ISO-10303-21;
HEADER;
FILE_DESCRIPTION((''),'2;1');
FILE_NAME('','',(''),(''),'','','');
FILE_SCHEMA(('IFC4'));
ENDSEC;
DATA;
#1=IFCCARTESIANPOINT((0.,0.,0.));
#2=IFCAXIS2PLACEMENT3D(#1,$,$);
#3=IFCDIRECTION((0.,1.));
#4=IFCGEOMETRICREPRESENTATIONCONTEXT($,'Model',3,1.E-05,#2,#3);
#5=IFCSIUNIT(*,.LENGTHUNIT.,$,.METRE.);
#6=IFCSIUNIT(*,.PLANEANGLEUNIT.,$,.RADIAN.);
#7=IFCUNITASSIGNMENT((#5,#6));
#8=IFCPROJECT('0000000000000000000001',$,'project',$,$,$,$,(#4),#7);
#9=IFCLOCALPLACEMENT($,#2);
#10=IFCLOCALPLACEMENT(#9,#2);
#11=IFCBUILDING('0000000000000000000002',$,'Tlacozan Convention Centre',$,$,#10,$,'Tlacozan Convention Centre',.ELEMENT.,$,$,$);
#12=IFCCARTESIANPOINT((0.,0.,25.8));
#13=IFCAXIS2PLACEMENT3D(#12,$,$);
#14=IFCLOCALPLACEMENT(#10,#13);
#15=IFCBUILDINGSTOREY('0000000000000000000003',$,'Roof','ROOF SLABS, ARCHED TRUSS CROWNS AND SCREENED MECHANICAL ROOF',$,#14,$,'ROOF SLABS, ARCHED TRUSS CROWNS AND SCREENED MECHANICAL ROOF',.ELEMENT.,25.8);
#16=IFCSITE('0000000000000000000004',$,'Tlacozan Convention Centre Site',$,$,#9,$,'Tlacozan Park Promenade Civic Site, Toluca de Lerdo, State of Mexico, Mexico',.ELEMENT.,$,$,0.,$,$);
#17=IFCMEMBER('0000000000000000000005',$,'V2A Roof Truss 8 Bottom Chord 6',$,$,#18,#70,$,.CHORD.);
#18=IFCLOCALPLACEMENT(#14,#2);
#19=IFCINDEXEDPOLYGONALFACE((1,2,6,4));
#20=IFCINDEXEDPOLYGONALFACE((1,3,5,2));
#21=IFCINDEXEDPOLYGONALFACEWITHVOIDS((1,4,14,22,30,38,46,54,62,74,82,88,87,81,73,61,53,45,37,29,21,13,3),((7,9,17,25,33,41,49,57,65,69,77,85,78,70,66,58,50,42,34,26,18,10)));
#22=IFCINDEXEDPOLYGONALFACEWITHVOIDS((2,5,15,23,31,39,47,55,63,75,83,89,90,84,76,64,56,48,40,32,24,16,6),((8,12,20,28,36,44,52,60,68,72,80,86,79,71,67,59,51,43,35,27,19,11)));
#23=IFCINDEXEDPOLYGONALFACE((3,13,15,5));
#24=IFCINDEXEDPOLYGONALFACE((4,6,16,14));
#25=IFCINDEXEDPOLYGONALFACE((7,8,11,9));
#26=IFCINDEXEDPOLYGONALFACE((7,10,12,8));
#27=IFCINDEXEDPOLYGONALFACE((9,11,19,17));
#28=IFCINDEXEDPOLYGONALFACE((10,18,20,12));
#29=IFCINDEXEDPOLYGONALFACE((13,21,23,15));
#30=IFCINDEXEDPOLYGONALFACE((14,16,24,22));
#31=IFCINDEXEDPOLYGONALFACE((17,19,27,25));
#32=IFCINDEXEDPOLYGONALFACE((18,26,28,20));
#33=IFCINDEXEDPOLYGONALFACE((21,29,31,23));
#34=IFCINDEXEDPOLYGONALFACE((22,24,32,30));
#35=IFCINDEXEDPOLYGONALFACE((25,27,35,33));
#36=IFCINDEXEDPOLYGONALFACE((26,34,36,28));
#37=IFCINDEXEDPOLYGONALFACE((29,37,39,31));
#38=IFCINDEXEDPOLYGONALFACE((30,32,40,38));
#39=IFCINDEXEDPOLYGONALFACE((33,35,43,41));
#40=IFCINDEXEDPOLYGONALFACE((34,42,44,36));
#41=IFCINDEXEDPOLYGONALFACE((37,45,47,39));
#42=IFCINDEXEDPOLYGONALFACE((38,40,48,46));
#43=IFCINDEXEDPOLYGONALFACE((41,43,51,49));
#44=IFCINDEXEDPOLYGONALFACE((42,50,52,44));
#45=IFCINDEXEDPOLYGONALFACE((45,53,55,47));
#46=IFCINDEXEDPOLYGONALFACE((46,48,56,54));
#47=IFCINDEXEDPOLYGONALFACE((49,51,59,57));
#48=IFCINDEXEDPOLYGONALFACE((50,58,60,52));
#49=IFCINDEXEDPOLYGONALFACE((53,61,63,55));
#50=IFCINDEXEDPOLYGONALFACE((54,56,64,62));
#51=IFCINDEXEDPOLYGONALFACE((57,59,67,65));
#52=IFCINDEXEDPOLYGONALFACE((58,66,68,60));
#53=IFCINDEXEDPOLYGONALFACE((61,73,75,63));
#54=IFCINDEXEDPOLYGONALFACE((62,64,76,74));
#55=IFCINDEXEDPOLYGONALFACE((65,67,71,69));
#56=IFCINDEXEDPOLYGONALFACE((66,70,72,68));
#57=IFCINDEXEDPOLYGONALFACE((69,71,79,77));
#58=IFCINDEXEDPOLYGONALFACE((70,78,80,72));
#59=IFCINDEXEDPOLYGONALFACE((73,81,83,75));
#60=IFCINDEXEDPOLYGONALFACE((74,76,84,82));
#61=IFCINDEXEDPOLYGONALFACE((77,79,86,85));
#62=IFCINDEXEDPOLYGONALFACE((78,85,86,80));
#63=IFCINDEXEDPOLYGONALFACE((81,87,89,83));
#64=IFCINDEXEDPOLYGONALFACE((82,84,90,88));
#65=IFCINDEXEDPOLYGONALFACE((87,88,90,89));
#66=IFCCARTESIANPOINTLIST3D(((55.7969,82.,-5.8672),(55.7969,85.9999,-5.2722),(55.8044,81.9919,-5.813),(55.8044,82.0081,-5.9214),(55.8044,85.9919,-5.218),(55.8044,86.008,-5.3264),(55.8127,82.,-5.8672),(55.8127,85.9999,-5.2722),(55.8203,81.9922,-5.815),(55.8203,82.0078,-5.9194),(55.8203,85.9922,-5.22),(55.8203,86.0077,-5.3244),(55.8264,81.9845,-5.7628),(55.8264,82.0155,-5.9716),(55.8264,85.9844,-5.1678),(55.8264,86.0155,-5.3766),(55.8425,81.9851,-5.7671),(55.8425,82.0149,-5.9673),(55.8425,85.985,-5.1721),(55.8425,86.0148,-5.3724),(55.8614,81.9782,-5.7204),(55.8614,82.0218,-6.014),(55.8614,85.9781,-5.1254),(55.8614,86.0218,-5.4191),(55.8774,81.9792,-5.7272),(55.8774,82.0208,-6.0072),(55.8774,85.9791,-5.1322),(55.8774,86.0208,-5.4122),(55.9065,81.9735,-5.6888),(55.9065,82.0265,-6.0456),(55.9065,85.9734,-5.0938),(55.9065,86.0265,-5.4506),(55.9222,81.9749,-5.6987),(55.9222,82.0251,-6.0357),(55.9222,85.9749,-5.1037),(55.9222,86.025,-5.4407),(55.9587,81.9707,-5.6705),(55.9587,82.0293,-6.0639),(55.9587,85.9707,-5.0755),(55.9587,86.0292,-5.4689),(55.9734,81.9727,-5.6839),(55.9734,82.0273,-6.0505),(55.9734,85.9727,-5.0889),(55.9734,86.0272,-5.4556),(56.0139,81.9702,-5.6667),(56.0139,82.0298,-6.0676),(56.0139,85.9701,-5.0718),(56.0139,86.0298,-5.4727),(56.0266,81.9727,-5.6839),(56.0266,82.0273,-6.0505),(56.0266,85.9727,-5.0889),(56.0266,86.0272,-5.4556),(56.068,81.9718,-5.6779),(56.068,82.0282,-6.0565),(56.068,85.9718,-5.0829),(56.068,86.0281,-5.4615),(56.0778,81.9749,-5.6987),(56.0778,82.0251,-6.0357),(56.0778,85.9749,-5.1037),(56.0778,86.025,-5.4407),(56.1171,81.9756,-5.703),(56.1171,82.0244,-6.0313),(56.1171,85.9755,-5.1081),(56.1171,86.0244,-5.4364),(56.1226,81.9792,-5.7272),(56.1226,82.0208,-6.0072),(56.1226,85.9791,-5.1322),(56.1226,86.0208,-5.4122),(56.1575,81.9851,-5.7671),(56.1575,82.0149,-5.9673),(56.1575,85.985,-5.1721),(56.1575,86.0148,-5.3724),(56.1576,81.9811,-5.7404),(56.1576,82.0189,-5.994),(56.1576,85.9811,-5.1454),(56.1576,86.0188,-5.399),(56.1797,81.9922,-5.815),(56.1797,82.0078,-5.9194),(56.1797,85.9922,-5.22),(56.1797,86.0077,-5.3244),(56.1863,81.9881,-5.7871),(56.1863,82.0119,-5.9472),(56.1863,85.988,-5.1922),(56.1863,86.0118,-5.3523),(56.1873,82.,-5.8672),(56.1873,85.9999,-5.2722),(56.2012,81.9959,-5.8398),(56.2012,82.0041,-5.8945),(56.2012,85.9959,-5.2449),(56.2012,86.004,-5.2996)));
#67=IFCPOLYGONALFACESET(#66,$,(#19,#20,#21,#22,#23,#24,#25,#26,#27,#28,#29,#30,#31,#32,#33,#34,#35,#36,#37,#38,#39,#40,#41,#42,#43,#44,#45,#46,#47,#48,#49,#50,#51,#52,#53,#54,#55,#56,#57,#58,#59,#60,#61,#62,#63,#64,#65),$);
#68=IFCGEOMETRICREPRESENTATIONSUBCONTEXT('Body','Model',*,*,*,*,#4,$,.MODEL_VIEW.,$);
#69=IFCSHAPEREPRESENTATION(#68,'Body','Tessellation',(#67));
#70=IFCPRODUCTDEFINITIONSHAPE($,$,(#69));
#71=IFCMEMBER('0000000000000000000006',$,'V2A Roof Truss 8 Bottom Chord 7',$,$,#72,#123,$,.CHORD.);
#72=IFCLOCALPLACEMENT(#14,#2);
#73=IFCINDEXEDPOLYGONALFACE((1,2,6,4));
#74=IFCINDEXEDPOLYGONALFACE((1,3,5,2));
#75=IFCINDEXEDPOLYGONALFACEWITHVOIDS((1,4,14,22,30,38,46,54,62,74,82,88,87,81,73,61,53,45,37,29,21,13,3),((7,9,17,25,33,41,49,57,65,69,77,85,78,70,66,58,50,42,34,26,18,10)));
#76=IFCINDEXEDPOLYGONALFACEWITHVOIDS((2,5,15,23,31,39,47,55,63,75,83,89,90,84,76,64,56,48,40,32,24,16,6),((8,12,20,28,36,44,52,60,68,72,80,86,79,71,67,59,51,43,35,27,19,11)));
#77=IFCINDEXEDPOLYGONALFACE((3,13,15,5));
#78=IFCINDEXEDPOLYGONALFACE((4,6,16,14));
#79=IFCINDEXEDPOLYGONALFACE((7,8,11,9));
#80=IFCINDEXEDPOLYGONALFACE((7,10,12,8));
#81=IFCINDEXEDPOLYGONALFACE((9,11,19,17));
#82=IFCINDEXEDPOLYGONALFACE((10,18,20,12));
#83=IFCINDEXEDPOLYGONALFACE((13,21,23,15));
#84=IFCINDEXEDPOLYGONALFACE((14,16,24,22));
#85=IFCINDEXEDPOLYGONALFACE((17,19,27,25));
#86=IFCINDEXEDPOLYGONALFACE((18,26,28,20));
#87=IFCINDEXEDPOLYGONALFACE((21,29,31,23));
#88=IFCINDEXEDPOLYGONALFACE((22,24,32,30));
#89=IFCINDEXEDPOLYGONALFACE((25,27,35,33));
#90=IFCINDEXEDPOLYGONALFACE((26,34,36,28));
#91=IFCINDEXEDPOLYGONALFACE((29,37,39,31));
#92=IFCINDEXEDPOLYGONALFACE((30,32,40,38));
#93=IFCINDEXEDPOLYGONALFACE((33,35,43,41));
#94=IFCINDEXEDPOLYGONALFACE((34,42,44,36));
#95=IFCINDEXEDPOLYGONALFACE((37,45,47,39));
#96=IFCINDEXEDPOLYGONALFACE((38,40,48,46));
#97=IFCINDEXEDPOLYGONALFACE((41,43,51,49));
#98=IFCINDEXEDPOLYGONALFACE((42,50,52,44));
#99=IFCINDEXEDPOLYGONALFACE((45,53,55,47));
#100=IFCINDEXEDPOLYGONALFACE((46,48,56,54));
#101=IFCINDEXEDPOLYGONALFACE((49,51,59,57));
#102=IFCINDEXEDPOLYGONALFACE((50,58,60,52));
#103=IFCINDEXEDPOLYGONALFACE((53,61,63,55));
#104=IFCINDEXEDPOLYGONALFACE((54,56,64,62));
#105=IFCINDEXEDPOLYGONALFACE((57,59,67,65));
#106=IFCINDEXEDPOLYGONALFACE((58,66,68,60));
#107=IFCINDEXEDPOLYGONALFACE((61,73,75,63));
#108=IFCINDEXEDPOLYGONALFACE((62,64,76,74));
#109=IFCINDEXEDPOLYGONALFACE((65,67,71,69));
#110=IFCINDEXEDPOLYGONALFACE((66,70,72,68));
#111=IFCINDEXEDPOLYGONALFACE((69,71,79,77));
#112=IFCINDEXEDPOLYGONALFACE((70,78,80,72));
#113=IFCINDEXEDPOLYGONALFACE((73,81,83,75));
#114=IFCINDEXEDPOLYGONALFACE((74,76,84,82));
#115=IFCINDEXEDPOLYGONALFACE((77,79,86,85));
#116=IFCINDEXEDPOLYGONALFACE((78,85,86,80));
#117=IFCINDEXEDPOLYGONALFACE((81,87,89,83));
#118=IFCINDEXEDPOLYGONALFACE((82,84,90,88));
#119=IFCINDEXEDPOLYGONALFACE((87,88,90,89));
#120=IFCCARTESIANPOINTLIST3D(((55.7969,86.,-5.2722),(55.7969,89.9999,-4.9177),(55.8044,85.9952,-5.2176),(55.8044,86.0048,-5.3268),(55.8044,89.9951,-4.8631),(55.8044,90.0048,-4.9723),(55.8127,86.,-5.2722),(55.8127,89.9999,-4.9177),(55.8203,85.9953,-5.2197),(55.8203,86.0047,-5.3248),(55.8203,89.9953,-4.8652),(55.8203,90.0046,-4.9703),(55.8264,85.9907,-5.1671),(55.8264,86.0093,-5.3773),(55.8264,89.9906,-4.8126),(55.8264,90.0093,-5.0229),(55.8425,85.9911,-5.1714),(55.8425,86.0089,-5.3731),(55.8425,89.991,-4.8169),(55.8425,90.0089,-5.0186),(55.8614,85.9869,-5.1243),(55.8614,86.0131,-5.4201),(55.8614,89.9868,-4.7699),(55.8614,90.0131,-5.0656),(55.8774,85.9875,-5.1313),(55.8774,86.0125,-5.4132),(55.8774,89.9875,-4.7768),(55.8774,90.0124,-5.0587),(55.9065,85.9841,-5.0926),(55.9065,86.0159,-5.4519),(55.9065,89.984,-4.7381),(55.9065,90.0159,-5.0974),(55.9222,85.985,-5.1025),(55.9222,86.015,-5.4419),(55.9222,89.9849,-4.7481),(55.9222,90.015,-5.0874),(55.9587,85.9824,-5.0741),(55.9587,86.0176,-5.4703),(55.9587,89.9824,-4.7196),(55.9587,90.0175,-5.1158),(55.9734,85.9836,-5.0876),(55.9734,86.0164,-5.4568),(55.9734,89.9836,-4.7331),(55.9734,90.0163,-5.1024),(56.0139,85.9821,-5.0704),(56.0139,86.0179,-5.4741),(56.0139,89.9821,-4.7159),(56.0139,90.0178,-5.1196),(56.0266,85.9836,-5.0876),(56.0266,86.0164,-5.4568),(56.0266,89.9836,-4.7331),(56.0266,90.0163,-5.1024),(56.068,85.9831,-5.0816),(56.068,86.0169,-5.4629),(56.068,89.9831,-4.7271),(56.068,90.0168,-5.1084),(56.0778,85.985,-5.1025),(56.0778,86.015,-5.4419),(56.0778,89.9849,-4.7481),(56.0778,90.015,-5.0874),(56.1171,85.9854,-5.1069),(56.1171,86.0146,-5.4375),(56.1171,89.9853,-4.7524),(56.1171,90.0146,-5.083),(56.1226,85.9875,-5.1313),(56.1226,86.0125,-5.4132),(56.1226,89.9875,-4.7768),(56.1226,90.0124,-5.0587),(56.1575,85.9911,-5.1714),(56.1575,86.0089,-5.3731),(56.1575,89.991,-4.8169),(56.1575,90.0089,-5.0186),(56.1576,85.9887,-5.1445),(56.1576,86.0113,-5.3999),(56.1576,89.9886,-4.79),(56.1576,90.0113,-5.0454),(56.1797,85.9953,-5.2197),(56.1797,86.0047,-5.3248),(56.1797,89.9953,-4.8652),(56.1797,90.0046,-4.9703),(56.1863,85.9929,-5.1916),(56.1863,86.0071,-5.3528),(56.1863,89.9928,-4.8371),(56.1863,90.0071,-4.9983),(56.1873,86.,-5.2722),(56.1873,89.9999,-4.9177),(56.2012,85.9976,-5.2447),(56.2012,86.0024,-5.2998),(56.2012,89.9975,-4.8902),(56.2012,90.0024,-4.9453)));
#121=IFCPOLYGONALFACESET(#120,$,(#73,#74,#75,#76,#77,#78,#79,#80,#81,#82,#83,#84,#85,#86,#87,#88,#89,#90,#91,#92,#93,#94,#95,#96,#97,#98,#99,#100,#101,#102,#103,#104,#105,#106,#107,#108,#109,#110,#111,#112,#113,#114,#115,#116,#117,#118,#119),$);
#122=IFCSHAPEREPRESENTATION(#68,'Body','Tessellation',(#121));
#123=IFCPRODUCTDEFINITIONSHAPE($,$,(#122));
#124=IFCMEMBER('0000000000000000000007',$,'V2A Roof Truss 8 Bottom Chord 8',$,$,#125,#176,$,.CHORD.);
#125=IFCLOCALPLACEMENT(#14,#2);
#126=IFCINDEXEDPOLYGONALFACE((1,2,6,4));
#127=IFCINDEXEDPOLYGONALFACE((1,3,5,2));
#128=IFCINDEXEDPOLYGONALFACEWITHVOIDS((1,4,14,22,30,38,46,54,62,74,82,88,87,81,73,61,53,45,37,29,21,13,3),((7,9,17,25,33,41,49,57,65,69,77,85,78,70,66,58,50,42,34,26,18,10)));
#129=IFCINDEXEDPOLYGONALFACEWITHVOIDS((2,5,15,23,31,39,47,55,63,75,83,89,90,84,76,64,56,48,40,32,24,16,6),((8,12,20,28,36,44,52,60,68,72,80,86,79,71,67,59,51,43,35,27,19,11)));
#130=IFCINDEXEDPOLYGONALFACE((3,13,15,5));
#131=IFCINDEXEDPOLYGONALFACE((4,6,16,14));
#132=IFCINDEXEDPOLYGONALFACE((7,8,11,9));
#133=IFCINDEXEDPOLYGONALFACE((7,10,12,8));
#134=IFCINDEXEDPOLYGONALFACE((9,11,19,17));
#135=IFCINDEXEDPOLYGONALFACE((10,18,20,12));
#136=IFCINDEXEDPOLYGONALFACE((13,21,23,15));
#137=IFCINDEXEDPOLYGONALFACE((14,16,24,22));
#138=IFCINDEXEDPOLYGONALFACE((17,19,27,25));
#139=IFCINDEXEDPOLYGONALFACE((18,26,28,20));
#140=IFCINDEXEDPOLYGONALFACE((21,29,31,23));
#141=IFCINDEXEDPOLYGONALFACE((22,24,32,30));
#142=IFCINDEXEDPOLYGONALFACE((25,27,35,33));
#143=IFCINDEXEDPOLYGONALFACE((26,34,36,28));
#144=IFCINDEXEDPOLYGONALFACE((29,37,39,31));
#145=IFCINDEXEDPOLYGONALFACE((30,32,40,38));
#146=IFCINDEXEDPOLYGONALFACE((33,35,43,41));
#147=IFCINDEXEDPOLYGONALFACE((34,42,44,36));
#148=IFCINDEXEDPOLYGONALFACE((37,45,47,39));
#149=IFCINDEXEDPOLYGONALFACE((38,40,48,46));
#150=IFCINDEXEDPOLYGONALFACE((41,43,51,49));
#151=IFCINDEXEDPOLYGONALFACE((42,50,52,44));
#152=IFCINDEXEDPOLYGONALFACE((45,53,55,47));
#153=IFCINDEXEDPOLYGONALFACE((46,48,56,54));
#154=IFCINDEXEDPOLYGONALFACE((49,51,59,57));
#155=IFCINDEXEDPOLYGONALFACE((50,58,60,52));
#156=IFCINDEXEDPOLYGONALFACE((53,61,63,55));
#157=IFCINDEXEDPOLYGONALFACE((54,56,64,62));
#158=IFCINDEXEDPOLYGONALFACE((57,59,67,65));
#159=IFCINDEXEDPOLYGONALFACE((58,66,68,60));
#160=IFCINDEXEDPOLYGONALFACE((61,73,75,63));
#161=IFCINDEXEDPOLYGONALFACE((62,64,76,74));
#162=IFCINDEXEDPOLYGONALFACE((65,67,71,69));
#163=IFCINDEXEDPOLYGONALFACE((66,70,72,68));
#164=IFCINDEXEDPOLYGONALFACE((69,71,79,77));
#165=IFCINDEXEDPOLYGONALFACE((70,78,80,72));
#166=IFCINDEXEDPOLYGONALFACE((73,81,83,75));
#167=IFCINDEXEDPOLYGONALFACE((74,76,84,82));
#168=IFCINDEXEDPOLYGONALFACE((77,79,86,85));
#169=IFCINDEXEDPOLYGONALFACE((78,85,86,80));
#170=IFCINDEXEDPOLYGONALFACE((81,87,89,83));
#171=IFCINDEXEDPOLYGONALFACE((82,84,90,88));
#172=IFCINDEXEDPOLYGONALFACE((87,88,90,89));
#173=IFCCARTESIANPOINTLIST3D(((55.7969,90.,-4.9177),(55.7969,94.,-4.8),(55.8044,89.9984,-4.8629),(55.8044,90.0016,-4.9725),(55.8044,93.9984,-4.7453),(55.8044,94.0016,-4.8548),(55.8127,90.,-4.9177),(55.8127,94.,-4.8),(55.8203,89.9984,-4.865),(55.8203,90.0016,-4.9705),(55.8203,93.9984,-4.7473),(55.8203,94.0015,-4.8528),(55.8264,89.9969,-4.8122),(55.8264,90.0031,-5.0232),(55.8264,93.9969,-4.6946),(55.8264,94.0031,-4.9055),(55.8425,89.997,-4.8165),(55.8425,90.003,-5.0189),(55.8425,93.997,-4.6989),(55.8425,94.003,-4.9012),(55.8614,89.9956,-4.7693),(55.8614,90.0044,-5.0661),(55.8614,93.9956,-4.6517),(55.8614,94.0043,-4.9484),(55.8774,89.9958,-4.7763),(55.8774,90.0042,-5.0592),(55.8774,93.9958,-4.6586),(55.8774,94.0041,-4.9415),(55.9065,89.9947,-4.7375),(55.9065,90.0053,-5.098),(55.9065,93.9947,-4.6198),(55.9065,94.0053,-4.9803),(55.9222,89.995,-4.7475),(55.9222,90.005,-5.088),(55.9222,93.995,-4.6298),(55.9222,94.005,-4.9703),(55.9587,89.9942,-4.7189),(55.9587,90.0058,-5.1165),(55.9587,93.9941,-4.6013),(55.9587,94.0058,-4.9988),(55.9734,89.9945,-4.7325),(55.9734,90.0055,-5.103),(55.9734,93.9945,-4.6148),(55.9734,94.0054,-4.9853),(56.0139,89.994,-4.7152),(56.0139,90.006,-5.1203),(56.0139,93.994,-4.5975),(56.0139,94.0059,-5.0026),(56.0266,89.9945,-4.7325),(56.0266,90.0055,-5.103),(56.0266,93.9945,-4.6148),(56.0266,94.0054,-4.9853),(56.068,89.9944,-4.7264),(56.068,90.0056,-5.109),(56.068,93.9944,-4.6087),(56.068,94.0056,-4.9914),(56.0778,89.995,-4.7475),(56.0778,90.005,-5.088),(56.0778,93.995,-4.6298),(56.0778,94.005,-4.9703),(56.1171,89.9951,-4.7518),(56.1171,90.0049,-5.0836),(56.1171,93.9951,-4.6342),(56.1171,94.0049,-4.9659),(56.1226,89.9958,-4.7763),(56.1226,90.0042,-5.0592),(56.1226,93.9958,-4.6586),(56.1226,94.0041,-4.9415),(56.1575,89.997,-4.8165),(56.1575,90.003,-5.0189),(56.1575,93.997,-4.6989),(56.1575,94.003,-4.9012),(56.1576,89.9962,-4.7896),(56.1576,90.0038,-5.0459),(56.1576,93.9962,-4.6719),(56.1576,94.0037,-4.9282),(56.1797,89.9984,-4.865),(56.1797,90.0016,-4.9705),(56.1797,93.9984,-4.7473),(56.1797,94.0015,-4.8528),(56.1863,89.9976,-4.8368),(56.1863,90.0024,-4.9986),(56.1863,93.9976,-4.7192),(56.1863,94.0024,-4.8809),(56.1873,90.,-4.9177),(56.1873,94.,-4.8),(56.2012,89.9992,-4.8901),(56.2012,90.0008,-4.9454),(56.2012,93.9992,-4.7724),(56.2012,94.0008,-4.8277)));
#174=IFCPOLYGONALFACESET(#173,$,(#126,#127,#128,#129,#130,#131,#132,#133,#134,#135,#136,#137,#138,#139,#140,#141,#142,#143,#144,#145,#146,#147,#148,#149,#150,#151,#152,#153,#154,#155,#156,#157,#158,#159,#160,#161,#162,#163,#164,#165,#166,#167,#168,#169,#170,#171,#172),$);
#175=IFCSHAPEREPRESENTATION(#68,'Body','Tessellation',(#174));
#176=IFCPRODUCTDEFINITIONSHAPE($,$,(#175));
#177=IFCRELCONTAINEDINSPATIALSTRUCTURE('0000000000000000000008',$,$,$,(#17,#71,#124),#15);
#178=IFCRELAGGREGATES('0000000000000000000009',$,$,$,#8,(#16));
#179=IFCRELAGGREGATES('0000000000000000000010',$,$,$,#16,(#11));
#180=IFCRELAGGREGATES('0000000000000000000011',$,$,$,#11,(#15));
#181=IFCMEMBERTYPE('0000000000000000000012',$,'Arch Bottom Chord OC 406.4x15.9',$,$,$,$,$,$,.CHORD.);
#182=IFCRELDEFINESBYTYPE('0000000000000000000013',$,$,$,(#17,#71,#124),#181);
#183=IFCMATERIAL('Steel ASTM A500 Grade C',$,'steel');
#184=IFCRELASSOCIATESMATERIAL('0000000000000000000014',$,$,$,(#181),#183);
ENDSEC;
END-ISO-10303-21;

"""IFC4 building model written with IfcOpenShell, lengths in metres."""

from ifc_helpers import new_model, si_unit, direction, frame, origin, origin_2d, place, context, subcontext, project, spatial, hollow_circle, extrude, material, material_profile, profile_set, type_object, element, save


model = new_model("IFC4")

# Units and contexts
model_context = context("Model", 3, precision=1e-05, world=origin(), true_north=direction((0.0, 1.0)))
body_context = subcontext(model_context, "Body", "Model", "MODEL_VIEW")
ifc_project = project(units=[si_unit("LENGTHUNIT", "METRE"), si_unit("PLANEANGLEUNIT", "RADIAN")], contexts=[model_context])

# Site, building, storey
site_placement = place(None, origin())
site = spatial("IfcSite", under=ifc_project, at=site_placement, Name="Tlacozan Convention Centre Site", LongName="Tlacozan Park Promenade Civic Site, Toluca de Lerdo, State of Mexico, Mexico", CompositionType="ELEMENT", RefElevation=0.0)
building_placement = place(site_placement, origin())
building = spatial("IfcBuilding", under=site, at=building_placement, Name="Tlacozan Convention Centre", LongName="Tlacozan Convention Centre", CompositionType="ELEMENT")
storey_placement = place(building_placement, frame((0.0, 0.0, 25.8)))
storey = spatial("IfcBuildingStorey", under=building, at=storey_placement, Name="Roof", Description="ROOF SLABS, ARCHED TRUSS CROWNS AND SCREENED MECHANICAL ROOF", LongName="ROOF SLABS, ARCHED TRUSS CROWNS AND SCREENED MECHANICAL ROOF", CompositionType="ELEMENT", Elevation=25.8)

# Members
ifc_material_1 = material(Name="Steel ASTM A500 Grade C", Category="steel")
ifc_material_profile_1 = material_profile(ifc_material_1, hollow_circle(Radius=0.2031, WallThickness=0.0159, at=origin_2d()), Name="OC 406.4x15.9")
ifc_profile_set_1 = profile_set([ifc_material_profile_1], Name="Steel ASTM A500 Grade C")
member_type_1 = type_object("IfcMemberType", Name="Arch Bottom Chord OC 406.4x15.9", PredefinedType="CHORD", material=ifc_profile_set_1)
member_1_placement = place(storey_placement, frame((56.0, 82.0, -5.8672), z_axis=(0.0, 0.989118, 0.147124), x_axis=(-1.0, 0.0, 0.0)))
element("IfcMember", 1, at=member_1_placement, inside=storey, type_object=member_type_1, Name="V2A Roof Truss 8 Bottom Chord 6", PredefinedType="CHORD", context=body_context, shape_type="SweptSolid", body=[
    extrude(hollow_circle(Radius=0.2031, WallThickness=0.0159, at=origin_2d()), origin(), (0.0, 0.0, 1.0), 4.0439),
])
member_2_placement = place(storey_placement, frame((56.0, 86.0, -5.2722), z_axis=(0.0, 0.996096, 0.088277), x_axis=(-1.0, 0.0, 0.0)))
element("IfcMember", 2, at=member_2_placement, inside=storey, type_object=member_type_1, Name="V2A Roof Truss 8 Bottom Chord 7", PredefinedType="CHORD", context=body_context, shape_type="SweptSolid", body=[
    extrude(hollow_circle(Radius=0.2031, WallThickness=0.0159, at=origin_2d()), origin(), (0.0, 0.0, 1.0), 4.0156),
])
member_3_placement = place(storey_placement, frame((56.0, 90.0, -4.9177), z_axis=(0.0, 0.999568, 0.029406), x_axis=(-1.0, 0.0, 0.0)))
element("IfcMember", 3, at=member_3_placement, inside=storey, type_object=member_type_1, Name="V2A Roof Truss 8 Bottom Chord 8", PredefinedType="CHORD", context=body_context, shape_type="SweptSolid", body=[
    extrude(hollow_circle(Radius=0.2031, WallThickness=0.0159, at=origin_2d()), origin(), (0.0, 0.0, 1.0), 4.0017),
])

save(model, "model.ifc")
